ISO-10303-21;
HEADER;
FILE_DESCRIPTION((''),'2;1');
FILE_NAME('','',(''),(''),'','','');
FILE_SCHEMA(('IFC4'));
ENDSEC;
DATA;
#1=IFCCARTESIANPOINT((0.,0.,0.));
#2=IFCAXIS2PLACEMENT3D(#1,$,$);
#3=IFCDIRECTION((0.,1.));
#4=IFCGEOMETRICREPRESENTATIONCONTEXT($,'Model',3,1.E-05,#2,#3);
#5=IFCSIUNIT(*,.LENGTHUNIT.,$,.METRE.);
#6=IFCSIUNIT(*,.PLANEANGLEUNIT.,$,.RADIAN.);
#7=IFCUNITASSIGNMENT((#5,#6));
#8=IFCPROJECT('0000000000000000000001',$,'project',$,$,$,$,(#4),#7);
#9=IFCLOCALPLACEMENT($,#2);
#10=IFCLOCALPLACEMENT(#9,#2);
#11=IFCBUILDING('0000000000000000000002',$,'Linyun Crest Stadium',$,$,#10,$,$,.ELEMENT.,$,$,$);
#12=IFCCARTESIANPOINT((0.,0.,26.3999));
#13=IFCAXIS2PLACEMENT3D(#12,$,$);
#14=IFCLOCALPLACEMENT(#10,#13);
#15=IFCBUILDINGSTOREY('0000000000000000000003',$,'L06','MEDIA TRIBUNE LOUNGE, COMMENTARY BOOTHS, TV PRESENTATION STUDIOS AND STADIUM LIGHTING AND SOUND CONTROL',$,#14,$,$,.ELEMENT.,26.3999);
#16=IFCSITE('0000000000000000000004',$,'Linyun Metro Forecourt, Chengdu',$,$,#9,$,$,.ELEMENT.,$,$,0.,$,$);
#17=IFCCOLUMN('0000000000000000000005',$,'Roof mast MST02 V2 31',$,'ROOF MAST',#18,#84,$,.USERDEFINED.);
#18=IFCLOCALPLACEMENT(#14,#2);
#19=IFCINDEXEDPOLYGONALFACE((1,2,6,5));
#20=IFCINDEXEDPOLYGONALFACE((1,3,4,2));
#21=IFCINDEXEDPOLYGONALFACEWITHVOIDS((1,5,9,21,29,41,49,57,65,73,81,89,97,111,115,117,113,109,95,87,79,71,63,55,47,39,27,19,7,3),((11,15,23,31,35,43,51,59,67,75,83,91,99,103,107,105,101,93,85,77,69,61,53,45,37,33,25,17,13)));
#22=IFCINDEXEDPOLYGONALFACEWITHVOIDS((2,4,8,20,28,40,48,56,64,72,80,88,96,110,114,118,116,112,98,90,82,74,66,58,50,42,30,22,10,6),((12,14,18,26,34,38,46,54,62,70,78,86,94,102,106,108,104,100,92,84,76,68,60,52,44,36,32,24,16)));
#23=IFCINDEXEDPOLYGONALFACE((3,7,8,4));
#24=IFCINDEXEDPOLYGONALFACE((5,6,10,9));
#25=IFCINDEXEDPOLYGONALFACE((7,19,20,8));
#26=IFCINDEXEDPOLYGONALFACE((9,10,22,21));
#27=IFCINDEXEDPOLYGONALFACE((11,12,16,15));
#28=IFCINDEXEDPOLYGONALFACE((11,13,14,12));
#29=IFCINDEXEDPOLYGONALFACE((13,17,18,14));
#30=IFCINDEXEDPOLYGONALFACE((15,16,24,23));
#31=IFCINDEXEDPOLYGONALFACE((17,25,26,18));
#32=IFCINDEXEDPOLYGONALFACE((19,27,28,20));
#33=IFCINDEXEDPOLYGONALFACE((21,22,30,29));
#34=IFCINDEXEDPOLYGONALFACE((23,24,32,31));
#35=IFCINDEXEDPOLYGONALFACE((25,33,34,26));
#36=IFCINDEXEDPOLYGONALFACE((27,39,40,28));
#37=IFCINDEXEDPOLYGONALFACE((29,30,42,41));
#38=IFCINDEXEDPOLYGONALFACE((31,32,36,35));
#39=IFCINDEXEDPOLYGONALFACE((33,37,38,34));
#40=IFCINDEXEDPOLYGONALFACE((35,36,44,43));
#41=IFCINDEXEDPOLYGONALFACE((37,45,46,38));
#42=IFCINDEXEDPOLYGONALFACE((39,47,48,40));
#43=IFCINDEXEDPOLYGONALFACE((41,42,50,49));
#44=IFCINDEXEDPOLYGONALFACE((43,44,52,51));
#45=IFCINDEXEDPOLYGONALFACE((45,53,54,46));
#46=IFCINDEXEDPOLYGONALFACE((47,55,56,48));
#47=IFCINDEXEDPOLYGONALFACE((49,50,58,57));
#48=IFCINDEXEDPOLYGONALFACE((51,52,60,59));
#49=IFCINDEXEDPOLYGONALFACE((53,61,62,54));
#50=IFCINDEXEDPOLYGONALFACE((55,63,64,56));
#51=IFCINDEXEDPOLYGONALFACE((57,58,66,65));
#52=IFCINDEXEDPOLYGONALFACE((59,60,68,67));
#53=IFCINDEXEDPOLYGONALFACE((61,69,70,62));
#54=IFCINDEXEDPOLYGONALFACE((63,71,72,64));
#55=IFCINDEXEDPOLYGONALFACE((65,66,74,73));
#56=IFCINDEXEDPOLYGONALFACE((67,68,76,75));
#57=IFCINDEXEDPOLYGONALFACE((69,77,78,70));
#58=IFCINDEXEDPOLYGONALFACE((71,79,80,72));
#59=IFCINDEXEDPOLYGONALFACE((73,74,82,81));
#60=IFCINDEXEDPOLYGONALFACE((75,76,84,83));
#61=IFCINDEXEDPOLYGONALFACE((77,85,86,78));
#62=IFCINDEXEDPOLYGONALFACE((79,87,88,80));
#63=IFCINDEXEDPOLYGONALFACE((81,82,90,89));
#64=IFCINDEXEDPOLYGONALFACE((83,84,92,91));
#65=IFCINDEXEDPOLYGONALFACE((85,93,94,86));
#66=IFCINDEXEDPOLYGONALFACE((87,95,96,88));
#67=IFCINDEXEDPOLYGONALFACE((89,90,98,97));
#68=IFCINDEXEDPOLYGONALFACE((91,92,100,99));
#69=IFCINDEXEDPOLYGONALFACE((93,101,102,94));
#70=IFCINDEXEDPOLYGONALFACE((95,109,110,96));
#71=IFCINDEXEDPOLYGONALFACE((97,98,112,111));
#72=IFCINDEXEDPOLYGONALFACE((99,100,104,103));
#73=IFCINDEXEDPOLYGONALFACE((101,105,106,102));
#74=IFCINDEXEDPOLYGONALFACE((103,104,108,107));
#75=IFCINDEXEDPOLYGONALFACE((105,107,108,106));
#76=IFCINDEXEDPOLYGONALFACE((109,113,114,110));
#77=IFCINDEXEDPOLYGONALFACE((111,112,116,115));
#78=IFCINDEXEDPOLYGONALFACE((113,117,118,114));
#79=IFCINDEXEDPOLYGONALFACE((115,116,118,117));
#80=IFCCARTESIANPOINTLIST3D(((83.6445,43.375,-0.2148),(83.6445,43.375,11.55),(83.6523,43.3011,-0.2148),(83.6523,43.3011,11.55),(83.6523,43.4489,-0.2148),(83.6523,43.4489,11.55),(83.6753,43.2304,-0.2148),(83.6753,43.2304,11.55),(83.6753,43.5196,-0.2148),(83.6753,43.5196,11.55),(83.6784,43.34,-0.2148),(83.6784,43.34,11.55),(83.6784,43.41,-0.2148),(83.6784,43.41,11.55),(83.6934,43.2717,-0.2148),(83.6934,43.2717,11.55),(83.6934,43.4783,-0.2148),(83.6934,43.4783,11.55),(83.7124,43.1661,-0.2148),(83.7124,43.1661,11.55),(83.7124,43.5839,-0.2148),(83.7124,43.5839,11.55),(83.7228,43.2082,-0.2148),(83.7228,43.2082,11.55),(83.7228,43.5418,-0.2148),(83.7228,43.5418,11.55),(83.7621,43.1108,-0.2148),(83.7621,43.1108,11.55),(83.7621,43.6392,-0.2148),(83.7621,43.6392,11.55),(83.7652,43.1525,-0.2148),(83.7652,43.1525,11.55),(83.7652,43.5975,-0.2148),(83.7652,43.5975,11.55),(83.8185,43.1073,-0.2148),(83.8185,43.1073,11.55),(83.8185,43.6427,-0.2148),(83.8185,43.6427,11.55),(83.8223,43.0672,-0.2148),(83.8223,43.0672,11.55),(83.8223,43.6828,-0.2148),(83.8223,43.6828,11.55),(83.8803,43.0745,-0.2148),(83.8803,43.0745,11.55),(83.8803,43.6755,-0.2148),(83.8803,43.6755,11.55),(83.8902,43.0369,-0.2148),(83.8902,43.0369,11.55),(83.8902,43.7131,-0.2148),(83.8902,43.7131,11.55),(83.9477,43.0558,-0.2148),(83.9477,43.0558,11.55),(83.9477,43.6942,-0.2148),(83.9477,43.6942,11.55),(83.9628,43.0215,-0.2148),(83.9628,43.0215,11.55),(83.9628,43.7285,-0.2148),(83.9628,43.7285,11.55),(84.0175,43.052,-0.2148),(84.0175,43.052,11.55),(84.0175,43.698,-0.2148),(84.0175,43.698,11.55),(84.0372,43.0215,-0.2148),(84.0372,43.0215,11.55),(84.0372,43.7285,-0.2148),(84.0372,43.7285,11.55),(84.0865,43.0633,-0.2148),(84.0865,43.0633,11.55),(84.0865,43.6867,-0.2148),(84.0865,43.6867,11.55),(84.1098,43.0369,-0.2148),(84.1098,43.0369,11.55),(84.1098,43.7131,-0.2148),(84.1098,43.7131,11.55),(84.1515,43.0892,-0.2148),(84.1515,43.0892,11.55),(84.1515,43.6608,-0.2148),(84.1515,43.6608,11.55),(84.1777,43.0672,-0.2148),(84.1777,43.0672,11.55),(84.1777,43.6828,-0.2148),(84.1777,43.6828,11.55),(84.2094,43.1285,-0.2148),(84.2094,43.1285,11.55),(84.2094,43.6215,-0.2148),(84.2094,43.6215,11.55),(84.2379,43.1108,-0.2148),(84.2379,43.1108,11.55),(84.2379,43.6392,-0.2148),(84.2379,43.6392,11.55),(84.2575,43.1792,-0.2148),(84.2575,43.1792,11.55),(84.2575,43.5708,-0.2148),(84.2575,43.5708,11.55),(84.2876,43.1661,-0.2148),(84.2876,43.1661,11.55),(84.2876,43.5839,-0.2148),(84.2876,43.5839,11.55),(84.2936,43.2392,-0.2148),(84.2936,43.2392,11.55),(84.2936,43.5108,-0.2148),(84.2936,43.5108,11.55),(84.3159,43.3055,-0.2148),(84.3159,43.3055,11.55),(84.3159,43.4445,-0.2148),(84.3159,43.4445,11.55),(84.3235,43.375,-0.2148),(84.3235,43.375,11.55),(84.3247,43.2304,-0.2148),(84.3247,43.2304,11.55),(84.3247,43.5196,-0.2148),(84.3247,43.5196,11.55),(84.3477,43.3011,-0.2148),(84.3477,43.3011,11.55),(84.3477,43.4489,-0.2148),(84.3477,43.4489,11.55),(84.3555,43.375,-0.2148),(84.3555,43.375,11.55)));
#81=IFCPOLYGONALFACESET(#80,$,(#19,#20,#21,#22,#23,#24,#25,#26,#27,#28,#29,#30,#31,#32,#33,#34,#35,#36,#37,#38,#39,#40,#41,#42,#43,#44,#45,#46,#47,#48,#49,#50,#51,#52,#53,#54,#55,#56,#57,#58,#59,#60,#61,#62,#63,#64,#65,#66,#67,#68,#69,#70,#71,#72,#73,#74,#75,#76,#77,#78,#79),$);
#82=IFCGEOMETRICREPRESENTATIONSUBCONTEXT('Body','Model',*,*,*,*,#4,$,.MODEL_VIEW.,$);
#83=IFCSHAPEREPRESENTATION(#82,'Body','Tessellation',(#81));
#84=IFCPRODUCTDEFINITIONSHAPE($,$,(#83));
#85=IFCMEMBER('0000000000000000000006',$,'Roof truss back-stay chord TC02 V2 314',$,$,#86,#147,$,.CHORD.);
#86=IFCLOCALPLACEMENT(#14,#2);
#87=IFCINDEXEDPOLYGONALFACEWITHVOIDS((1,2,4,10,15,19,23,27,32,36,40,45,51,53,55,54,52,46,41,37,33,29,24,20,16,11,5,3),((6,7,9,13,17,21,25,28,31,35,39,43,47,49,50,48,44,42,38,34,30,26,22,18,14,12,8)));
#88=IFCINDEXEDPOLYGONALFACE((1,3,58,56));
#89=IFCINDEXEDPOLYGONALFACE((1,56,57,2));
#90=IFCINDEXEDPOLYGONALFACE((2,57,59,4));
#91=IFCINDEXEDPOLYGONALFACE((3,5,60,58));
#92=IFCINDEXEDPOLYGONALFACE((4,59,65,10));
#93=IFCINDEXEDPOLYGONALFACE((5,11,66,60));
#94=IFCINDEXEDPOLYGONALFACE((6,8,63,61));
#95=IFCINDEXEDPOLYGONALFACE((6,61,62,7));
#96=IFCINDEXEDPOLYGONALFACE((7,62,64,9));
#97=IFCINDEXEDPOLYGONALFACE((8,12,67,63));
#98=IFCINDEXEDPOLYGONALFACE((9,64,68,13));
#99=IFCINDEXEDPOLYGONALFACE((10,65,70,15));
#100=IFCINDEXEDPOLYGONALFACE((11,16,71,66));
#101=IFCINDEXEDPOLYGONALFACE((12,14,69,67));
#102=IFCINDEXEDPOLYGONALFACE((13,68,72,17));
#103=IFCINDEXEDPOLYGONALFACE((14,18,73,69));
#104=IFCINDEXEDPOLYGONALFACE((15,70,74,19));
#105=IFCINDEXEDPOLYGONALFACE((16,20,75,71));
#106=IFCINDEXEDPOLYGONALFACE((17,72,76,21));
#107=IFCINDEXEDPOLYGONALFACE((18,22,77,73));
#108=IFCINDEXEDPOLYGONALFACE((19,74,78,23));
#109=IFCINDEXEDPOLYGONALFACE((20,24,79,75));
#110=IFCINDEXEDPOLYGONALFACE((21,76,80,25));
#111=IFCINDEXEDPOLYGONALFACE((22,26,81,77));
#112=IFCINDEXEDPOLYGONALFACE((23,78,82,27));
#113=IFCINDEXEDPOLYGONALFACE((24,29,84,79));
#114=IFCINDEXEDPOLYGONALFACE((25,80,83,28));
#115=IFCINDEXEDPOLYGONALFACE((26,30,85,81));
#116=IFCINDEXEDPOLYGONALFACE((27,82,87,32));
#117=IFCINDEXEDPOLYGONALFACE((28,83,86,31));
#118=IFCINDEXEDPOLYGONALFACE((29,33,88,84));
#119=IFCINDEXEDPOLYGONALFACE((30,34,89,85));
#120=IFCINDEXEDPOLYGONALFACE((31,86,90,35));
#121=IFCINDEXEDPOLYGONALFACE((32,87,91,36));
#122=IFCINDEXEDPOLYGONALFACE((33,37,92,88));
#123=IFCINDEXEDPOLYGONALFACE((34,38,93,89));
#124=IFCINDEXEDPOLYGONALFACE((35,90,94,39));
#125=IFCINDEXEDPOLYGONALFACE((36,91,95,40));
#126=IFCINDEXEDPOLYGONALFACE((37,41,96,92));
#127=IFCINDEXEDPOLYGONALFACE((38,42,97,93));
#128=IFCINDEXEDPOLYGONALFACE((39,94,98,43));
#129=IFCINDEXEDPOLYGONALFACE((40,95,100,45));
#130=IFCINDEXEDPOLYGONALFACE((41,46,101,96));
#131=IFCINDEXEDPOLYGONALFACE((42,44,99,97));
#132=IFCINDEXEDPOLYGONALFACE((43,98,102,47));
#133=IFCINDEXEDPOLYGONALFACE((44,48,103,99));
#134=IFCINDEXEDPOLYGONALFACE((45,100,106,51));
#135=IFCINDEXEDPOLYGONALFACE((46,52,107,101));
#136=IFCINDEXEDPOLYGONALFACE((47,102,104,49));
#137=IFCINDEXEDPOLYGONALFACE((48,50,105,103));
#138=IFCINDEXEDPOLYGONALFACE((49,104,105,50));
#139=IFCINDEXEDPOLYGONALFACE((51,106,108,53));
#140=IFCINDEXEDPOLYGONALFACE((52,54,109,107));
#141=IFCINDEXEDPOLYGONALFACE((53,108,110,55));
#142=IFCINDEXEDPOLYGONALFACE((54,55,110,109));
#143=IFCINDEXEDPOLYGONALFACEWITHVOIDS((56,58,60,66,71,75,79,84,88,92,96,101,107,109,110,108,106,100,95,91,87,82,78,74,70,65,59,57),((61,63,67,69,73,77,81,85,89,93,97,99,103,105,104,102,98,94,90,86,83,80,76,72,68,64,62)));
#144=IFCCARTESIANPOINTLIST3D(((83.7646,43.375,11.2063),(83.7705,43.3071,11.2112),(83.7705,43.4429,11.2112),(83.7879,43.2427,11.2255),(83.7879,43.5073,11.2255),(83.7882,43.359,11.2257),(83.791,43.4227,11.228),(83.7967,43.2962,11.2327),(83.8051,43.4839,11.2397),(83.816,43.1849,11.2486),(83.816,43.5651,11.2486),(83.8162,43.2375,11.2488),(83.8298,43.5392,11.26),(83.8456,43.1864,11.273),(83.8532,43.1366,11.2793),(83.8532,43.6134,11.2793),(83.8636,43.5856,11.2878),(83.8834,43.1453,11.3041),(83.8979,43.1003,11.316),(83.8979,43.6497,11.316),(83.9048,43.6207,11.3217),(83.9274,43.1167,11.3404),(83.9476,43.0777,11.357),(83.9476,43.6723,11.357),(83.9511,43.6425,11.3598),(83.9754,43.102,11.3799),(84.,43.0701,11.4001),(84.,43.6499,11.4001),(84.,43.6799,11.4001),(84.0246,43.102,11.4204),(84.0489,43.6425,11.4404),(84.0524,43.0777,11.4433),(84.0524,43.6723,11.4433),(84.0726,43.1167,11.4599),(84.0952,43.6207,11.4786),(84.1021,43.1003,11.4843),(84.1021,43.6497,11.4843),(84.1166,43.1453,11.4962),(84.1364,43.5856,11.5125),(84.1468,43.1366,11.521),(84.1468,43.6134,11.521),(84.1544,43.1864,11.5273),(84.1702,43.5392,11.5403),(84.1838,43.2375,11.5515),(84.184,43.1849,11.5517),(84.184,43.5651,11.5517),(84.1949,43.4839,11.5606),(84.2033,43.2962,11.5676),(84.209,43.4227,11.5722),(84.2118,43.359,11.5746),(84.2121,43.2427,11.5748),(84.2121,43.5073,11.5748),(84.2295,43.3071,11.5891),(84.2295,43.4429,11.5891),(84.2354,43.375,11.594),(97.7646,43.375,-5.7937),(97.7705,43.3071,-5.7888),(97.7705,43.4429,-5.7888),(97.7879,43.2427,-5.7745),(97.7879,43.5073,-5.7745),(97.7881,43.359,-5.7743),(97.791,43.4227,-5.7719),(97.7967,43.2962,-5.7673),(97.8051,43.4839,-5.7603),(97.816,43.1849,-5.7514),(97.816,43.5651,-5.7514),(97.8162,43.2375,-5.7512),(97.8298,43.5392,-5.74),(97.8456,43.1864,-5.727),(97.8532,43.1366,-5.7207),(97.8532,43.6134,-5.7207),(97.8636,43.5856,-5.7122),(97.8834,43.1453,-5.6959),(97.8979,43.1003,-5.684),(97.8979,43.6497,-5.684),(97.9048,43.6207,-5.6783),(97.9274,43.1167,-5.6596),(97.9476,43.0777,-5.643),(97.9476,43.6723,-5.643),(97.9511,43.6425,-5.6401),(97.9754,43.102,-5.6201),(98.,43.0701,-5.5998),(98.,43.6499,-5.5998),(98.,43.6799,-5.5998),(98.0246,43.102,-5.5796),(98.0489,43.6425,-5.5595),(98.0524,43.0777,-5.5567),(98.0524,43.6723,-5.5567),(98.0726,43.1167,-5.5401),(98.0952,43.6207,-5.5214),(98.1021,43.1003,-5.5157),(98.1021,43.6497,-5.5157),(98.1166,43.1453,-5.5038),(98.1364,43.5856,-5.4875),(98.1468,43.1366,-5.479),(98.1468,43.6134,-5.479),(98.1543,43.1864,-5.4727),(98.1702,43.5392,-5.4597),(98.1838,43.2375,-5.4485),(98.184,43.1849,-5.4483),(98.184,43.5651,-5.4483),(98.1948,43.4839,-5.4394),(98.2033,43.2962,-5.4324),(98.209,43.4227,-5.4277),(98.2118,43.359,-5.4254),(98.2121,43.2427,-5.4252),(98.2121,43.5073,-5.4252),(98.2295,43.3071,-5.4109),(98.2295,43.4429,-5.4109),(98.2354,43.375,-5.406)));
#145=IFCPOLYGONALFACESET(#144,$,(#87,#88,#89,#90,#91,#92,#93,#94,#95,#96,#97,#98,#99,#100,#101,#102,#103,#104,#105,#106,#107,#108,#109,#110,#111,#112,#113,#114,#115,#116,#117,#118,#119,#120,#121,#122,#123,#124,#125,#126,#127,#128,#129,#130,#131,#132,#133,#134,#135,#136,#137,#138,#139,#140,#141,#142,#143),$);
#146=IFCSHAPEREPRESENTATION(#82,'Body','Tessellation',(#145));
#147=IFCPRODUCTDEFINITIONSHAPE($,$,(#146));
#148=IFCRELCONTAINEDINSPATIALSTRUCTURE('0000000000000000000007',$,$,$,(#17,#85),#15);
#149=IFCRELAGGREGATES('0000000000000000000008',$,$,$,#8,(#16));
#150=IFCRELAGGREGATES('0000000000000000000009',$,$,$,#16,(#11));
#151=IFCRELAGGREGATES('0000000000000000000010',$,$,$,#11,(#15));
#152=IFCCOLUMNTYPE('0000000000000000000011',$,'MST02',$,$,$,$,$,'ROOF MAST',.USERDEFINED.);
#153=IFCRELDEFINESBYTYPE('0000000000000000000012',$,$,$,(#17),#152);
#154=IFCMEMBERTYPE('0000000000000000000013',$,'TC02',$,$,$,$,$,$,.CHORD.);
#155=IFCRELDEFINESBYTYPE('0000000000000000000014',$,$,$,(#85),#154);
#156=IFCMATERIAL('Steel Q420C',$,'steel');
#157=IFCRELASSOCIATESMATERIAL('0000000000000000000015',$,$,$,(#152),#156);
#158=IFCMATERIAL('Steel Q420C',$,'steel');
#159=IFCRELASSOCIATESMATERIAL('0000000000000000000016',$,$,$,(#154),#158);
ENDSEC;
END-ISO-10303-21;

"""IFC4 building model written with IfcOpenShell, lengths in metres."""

from ifc_helpers import new_model, si_unit, direction, frame, origin, origin_2d, place, context, subcontext, project, spatial, hollow_circle, extrude, material, material_profile, profile_set, type_object, element, save


model = new_model("IFC4")

# Units and contexts
model_context = context("Model", 3, precision=1e-05, world=origin(), true_north=direction((0.0, 1.0)))
body_context = subcontext(model_context, "Body", "Model", "MODEL_VIEW")
ifc_project = project(units=[si_unit("LENGTHUNIT", "METRE"), si_unit("PLANEANGLEUNIT", "RADIAN")], contexts=[model_context])

# Site, building, storey
site_placement = place(None, origin())
site = spatial("IfcSite", under=ifc_project, at=site_placement, Name="Linyun Metro Forecourt, Chengdu", CompositionType="ELEMENT", RefElevation=0.0)
building_placement = place(site_placement, origin())
building = spatial("IfcBuilding", under=site, at=building_placement, Name="Linyun Crest Stadium", CompositionType="ELEMENT")
storey_placement = place(building_placement, frame((0.0, 0.0, 26.3999)))
storey = spatial("IfcBuildingStorey", under=building, at=storey_placement, Name="L06", Description="MEDIA TRIBUNE LOUNGE, COMMENTARY BOOTHS, TV PRESENTATION STUDIOS AND STADIUM LIGHTING AND SOUND CONTROL", CompositionType="ELEMENT", Elevation=26.3999)

# Column
ifc_material_1 = material(Name="Steel Q420C", Category="steel")
ifc_material_profile_1 = material_profile(ifc_material_1, hollow_circle(Radius=0.3555, WallThickness=0.032, at=origin_2d()), Name="CHS 711x32")
ifc_profile_set_1 = profile_set([ifc_material_profile_1], Name="Steel Q420C")
column_type = type_object("IfcColumnType", Name="MST02", ElementType="ROOF MAST", PredefinedType="USERDEFINED", material=ifc_profile_set_1)
column_placement = place(storey_placement, frame((84.0, 43.375, -0.2148), z_axis=(0.0, 0.0, 1.0), x_axis=(1.0, 0.0, 0.0)))
element("IfcColumn", 1, at=column_placement, inside=storey, type_object=column_type, Name="Roof mast MST02 V2 31", ObjectType="ROOF MAST", PredefinedType="USERDEFINED", context=body_context, shape_type="SweptSolid", body=[
    extrude(hollow_circle(Radius=0.3555, WallThickness=0.032, at=origin_2d()), origin(), (0.0, 0.0, 1.0), 11.7649),
])

# Member
ifc_material_2 = material(Name="Steel Q420C", Category="steel")
ifc_material_profile_2 = material_profile(ifc_material_2, hollow_circle(Radius=0.3049, WallThickness=0.03, at=origin_2d()), Name="CHS 610x30")
ifc_profile_set_2 = profile_set([ifc_material_profile_2], Name="Steel Q420C")
member_type_1 = type_object("IfcMemberType", Name="TC02", PredefinedType="CHORD", material=ifc_profile_set_2)
member_1_placement = place(storey_placement, frame((84.0, 43.375, 11.4001), z_axis=(0.635707, 0.0, -0.77193), x_axis=(0.0, 1.0, 0.0)))
element("IfcMember", 2, at=member_1_placement, inside=storey, type_object=member_type_1, Name="Roof truss back-stay chord TC02 V2 314", PredefinedType="CHORD", context=body_context, shape_type="SweptSolid", body=[
    extrude(hollow_circle(Radius=0.3049, WallThickness=0.03, at=origin_2d()), origin(), (0.0, 0.0, 1.0), 22.0227),
])

save(model, "model.ifc")
